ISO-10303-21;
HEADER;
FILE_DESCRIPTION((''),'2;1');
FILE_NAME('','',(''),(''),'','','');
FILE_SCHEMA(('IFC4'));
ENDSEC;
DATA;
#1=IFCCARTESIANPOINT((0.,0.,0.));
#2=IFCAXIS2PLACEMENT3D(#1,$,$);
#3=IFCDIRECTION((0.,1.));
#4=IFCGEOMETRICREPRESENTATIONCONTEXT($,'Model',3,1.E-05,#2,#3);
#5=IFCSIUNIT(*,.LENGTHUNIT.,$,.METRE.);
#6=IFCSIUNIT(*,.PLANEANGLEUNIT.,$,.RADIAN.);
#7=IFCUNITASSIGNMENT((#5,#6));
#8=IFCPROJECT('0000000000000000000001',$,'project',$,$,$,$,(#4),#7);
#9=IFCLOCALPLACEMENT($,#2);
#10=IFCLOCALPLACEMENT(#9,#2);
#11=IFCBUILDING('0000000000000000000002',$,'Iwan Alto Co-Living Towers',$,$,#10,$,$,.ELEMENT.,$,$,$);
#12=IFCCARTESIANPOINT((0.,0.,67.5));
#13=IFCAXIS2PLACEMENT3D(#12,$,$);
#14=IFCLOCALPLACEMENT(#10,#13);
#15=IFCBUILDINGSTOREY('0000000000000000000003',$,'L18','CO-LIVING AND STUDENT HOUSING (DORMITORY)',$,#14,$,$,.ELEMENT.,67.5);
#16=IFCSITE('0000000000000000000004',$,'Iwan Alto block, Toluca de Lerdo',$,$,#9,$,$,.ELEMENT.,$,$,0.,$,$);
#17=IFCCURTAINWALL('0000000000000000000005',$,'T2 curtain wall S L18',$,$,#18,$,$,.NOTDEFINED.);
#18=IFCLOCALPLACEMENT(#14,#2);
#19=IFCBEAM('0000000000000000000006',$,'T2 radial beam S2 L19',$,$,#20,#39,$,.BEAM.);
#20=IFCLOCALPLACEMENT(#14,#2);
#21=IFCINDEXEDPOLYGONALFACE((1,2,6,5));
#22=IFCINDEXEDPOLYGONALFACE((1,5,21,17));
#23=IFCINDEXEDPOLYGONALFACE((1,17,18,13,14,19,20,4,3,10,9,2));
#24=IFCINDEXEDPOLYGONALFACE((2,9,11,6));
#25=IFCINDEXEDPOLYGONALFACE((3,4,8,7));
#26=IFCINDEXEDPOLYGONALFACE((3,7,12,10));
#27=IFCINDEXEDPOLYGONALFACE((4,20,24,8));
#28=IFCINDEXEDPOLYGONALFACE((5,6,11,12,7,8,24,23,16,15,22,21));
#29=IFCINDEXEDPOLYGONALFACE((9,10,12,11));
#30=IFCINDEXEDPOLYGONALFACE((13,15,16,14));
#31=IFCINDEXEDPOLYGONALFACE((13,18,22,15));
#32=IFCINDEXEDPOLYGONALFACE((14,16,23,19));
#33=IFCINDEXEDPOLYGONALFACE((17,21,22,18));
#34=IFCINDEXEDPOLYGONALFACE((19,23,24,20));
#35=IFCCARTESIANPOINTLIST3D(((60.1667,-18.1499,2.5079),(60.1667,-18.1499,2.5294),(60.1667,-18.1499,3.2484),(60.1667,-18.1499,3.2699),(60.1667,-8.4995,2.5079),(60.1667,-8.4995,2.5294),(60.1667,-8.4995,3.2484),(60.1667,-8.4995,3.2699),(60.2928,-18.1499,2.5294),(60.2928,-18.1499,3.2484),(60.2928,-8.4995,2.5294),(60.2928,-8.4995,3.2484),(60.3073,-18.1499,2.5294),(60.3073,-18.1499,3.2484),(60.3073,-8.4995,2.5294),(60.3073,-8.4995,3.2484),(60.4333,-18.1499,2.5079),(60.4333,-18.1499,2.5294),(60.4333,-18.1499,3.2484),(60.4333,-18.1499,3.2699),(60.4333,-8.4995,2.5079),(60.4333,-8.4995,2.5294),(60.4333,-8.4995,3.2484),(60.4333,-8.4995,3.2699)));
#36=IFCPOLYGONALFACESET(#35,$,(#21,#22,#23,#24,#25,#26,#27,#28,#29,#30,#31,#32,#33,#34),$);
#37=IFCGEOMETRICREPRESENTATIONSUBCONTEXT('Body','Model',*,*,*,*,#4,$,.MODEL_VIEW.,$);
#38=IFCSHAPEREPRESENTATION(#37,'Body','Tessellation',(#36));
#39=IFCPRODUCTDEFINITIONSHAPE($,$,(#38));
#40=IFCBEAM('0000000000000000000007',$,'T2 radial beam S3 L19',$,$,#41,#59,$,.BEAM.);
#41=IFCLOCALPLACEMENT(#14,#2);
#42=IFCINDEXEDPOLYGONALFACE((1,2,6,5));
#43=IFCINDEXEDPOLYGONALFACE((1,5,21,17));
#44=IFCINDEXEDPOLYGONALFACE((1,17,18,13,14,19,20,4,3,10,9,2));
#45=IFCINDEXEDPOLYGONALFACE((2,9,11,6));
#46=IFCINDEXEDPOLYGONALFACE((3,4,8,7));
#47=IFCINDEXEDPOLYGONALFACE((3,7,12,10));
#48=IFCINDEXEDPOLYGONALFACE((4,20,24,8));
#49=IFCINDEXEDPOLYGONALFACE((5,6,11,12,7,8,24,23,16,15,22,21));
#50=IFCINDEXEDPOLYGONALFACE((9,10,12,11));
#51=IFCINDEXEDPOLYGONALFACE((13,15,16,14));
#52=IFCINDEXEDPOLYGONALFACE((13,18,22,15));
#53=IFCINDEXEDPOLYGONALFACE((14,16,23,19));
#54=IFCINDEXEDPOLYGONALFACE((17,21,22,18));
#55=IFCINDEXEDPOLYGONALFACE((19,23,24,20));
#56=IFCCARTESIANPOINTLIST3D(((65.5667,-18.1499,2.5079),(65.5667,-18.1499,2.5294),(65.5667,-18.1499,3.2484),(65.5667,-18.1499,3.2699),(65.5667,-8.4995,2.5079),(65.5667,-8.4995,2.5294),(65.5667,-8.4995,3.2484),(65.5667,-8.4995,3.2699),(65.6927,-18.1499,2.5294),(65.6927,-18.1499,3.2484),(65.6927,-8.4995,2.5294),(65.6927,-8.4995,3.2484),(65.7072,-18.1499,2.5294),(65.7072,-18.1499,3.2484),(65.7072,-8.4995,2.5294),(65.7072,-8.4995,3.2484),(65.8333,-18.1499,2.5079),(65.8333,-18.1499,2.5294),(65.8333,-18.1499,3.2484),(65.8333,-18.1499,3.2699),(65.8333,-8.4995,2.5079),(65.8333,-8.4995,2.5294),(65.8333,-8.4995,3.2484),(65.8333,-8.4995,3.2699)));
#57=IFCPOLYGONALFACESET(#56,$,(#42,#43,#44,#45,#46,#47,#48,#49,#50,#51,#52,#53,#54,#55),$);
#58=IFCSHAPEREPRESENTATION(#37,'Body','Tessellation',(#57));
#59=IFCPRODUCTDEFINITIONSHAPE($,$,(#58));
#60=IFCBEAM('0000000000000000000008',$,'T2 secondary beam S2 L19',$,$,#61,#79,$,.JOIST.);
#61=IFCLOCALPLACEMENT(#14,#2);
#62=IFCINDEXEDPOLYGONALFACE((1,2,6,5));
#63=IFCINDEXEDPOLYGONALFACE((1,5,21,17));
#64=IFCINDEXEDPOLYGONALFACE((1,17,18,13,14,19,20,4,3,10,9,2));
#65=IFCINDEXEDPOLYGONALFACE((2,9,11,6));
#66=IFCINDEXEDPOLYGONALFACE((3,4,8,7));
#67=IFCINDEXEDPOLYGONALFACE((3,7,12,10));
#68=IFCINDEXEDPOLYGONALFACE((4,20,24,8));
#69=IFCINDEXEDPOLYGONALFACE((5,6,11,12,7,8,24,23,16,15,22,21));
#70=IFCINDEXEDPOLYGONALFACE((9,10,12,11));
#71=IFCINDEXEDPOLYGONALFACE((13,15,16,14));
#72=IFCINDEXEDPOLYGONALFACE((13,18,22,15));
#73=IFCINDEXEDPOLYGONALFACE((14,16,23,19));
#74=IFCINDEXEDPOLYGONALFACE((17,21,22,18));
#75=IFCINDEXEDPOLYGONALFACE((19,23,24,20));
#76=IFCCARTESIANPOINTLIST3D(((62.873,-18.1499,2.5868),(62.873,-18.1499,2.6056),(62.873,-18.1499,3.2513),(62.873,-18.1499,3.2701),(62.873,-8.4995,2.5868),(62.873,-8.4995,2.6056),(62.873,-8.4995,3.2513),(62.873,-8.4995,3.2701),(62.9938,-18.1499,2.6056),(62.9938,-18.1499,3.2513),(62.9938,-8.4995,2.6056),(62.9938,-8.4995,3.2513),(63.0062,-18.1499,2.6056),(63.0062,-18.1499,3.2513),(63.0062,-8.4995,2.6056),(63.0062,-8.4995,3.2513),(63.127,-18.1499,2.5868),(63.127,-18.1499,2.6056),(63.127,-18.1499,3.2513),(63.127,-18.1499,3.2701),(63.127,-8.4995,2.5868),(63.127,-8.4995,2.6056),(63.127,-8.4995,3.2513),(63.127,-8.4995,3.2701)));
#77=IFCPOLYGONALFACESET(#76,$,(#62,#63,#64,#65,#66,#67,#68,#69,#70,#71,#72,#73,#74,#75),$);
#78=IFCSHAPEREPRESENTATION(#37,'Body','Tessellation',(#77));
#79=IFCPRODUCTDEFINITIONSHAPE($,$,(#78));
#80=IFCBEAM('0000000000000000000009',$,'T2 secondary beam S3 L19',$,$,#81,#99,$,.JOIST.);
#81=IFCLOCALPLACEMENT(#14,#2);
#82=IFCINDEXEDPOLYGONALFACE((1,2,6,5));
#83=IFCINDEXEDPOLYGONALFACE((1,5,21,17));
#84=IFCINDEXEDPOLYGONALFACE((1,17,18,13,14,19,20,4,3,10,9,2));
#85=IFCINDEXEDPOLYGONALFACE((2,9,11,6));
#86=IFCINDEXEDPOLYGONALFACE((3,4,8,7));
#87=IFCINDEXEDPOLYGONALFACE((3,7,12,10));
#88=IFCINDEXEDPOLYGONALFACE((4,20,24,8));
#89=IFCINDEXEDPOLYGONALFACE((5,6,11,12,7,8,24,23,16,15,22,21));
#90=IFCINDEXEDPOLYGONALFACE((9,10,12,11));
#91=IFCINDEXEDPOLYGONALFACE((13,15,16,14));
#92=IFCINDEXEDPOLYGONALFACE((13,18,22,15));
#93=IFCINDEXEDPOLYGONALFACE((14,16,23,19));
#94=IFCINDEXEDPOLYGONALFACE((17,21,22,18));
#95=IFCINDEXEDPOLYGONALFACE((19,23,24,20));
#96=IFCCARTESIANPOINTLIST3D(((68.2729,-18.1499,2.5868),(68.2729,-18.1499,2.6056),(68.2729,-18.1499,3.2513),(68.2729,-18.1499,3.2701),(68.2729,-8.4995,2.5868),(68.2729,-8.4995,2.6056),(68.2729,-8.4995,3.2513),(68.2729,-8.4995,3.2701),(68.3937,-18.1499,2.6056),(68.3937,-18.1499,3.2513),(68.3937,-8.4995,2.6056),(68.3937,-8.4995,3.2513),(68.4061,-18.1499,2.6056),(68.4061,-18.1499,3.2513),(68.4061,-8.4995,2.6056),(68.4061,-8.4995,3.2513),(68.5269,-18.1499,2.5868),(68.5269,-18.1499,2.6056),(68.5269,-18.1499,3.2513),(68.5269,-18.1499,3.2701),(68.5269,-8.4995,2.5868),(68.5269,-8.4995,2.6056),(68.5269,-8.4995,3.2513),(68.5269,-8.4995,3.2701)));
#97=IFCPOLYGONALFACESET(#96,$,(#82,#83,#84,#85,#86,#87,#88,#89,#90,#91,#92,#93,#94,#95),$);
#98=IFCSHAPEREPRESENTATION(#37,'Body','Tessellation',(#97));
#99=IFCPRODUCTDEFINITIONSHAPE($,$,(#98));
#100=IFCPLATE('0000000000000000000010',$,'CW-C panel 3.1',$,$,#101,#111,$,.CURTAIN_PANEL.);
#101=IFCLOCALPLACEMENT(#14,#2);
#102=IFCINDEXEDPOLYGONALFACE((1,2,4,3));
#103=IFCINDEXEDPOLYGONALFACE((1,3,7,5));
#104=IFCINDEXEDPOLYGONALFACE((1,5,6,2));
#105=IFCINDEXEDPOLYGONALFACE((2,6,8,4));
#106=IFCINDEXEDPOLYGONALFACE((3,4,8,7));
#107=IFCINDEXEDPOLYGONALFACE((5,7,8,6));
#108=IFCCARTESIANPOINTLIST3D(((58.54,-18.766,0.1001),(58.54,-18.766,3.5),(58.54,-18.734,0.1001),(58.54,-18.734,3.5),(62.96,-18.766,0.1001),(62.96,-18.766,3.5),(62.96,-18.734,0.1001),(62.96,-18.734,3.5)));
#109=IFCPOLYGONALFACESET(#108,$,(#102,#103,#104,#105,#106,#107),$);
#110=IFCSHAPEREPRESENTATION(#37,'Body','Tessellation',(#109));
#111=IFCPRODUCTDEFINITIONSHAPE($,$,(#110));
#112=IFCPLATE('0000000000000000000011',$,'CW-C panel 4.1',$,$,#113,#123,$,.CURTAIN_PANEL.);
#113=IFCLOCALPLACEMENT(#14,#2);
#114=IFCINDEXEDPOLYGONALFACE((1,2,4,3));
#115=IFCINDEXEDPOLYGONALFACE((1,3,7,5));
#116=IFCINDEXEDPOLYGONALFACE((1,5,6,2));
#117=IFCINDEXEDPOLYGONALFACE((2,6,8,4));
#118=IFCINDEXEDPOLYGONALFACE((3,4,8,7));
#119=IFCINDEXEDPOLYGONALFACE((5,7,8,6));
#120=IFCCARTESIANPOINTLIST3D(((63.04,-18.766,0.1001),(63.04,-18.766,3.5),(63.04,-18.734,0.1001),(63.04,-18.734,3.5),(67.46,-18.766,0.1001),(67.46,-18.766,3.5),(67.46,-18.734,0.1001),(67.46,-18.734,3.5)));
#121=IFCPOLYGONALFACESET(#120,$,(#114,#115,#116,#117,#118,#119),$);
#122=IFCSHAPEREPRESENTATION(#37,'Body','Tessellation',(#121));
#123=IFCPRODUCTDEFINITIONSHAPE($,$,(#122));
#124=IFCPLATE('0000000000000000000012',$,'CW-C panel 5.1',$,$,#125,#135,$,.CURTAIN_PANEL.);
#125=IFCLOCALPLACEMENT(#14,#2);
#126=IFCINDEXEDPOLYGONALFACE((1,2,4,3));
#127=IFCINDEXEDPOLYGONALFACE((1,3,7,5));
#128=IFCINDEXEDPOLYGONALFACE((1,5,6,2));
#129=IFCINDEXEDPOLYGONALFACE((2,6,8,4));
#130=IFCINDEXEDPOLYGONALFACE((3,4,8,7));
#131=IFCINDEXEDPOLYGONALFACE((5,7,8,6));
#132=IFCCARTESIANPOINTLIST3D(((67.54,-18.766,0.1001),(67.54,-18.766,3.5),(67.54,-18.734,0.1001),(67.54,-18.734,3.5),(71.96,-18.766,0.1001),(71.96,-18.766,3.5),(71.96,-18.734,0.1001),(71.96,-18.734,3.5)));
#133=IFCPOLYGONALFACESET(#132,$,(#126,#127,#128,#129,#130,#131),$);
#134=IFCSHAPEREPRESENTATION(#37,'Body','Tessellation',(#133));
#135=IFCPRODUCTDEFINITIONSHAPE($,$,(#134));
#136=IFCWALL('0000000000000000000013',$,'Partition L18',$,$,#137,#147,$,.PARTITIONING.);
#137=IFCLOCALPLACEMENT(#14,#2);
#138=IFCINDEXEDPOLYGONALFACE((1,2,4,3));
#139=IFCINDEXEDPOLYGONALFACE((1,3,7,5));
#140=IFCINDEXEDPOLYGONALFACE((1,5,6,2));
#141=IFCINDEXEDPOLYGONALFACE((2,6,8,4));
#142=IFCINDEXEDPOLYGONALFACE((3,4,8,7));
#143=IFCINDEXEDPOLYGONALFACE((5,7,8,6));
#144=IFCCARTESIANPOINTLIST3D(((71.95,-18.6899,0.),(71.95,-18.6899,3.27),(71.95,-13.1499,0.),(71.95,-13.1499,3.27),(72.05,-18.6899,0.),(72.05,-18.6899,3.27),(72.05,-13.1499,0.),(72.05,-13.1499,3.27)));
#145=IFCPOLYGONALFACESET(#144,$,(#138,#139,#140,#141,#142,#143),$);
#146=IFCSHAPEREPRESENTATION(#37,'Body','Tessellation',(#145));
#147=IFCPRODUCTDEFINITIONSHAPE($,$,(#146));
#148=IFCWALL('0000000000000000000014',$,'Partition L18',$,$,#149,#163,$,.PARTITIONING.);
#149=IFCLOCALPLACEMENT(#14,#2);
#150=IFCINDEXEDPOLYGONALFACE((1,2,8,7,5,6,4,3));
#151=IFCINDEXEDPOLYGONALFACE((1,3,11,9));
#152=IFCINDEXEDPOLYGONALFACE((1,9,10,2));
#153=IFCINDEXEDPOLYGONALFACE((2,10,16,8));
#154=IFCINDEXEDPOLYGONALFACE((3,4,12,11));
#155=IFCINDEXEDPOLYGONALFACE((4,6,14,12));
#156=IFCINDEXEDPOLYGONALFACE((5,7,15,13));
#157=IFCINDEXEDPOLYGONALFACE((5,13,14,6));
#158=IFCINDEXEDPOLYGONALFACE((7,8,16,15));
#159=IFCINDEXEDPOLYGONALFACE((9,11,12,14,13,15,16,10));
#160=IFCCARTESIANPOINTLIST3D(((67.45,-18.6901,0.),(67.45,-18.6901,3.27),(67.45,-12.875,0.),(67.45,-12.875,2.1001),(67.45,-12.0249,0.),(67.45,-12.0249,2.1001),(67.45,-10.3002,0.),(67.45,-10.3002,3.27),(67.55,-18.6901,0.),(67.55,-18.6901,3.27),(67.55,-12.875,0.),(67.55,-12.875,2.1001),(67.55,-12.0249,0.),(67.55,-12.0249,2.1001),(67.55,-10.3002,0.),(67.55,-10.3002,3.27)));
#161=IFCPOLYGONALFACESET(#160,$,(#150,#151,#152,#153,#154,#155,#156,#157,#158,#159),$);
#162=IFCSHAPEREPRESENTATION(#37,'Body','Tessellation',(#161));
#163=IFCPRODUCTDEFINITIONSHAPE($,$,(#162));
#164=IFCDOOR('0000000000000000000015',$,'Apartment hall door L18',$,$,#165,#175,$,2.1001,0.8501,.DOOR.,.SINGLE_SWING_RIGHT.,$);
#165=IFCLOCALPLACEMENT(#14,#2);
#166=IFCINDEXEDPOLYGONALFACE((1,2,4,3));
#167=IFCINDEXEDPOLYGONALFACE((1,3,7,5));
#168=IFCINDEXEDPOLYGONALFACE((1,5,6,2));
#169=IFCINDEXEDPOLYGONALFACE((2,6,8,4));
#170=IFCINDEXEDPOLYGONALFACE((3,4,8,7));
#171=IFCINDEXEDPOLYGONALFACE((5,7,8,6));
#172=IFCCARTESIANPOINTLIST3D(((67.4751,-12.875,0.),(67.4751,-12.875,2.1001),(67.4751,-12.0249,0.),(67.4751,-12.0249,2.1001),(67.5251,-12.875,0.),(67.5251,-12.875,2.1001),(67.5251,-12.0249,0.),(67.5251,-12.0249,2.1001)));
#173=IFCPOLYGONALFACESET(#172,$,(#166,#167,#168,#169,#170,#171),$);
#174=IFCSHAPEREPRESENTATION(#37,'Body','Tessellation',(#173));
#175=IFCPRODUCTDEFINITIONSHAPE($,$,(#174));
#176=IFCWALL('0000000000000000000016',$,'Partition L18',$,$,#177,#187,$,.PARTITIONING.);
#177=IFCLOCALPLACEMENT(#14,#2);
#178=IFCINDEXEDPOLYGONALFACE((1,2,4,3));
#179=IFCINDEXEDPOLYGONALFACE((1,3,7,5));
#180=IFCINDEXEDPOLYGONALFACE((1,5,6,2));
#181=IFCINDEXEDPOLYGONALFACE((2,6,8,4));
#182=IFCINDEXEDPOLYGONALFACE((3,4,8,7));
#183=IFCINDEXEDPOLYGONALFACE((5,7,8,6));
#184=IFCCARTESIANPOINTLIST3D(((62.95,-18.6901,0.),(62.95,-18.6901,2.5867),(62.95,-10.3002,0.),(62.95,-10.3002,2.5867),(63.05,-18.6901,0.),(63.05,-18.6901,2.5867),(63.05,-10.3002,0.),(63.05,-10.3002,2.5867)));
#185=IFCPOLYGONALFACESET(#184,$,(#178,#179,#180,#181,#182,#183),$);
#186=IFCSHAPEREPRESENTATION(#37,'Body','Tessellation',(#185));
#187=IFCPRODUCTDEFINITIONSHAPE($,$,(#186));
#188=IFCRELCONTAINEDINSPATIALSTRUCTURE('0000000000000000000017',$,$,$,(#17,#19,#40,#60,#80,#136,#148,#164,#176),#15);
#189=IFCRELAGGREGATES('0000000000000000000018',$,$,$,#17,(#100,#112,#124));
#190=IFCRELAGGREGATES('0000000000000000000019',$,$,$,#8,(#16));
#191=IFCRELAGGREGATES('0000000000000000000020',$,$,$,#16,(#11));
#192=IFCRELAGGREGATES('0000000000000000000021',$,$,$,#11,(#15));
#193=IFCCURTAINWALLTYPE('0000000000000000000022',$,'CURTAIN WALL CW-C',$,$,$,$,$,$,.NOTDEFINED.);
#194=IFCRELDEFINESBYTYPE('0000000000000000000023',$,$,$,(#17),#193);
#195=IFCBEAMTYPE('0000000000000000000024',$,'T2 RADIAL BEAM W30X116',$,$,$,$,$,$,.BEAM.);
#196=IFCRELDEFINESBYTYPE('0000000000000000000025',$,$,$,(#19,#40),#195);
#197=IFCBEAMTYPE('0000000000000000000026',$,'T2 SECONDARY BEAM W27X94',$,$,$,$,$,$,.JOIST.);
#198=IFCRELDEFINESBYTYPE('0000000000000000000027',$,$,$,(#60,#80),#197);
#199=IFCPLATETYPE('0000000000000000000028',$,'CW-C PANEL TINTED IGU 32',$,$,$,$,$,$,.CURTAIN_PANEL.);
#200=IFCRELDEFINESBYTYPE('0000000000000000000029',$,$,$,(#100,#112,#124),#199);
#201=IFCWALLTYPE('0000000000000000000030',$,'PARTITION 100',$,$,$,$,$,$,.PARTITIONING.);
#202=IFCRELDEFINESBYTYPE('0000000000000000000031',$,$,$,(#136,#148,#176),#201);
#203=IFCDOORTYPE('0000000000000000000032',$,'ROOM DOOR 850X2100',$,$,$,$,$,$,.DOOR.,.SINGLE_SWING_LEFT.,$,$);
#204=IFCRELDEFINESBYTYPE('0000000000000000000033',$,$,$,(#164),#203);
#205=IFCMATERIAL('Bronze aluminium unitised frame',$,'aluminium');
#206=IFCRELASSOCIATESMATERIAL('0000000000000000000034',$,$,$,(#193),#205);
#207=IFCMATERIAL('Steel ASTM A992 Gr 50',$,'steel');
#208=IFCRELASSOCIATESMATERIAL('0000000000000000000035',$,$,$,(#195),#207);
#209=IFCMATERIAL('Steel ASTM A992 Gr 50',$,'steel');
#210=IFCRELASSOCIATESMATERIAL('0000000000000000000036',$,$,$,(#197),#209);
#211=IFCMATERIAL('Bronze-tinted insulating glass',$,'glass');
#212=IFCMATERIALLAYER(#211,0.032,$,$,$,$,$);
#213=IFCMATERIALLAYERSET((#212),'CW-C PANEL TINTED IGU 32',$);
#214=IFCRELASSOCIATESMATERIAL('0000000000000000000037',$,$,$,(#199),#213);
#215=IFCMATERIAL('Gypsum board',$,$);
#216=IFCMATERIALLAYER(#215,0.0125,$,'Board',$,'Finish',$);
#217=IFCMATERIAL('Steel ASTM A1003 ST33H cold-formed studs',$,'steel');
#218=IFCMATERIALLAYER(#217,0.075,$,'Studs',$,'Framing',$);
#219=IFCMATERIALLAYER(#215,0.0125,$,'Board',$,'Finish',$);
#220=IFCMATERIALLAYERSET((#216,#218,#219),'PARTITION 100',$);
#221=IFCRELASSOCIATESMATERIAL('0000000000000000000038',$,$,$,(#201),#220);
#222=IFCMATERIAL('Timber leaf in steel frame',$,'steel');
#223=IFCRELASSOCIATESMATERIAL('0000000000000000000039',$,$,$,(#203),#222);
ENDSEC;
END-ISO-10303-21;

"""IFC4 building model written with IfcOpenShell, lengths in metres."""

from ifc_helpers import new_model, si_unit, direction, frame, frame_2d, origin, origin_2d, place, context, subcontext, project, spatial, rectangle, i_section, extrude, material, layer, layer_set, material_profile, profile_set, type_object, element, fill, aggregate, save


model = new_model("IFC4")

# Units and contexts
model_context = context("Model", 3, precision=1e-05, world=origin(), true_north=direction((0.0, 1.0)))
body_context = subcontext(model_context, "Body", "Model", "MODEL_VIEW")
ifc_project = project(units=[si_unit("LENGTHUNIT", "METRE"), si_unit("PLANEANGLEUNIT", "RADIAN")], contexts=[model_context])

# Site, building, storey
site_placement = place(None, origin())
site = spatial("IfcSite", under=ifc_project, at=site_placement, Name="Iwan Alto block, Toluca de Lerdo", CompositionType="ELEMENT", RefElevation=0.0)
building_placement = place(site_placement, origin())
building = spatial("IfcBuilding", under=site, at=building_placement, Name="Iwan Alto Co-Living Towers", CompositionType="ELEMENT")
storey_placement = place(building_placement, frame((0.0, 0.0, 67.5)))
storey = spatial("IfcBuildingStorey", under=building, at=storey_placement, Name="L18", Description="CO-LIVING AND STUDENT HOUSING (DORMITORY)", CompositionType="ELEMENT", Elevation=67.5)

# Curtain wall
ifc_material_1 = material(Name="Bronze aluminium unitised frame", Category="aluminium")
curtain_wall_type = type_object("IfcCurtainWallType", Name="CURTAIN WALL CW-C", PredefinedType="NOTDEFINED", material=ifc_material_1)
curtain_wall_placement = place(storey_placement, origin())
curtain_wall = element("IfcCurtainWall", 1, at=curtain_wall_placement, inside=storey, type_object=curtain_wall_type, Name="T2 curtain wall S L18", PredefinedType="NOTDEFINED")

# Beams
ifc_material_2 = material(Name="Steel ASTM A992 Gr 50", Category="steel")
ifc_material_profile_1 = material_profile(ifc_material_2, i_section(OverallWidth=0.2666, OverallDepth=0.762, WebThickness=0.0144, FlangeThickness=0.0215, at=origin_2d()), Name="W30X116")
ifc_profile_set_1 = profile_set([ifc_material_profile_1], Name="Steel ASTM A992 Gr 50")
beam_type_1 = type_object("IfcBeamType", Name="T2 RADIAL BEAM W30X116", PredefinedType="BEAM", material=ifc_profile_set_1)
for number, where, z_axis, x_axis, name in (
    (2, (60.3, -18.1499, 2.8889), (0.0, 1.0, 0.0), (-1.0, 0.0, 0.0), "T2 radial beam S2 L19"),
    (3, (65.7, -18.1499, 2.8889), (0.0, 1.0, 0.0), (-1.0, 0.0, 0.0), "T2 radial beam S3 L19"),
):
    element("IfcBeam", number, at=place(storey_placement, frame(where, z_axis=z_axis, x_axis=x_axis)), inside=storey, type_object=beam_type_1, Name=name, PredefinedType="BEAM", context=body_context, shape_type="SweptSolid", body=[
        extrude(i_section(OverallWidth=0.2666, OverallDepth=0.762, WebThickness=0.0144, FlangeThickness=0.0215, at=origin_2d()), origin(), (0.0, 0.0, 1.0), 9.6504),
    ])
ifc_material_3 = material(Name="Steel ASTM A992 Gr 50", Category="steel")
ifc_material_profile_2 = material_profile(ifc_material_3, i_section(OverallWidth=0.2539, OverallDepth=0.6833, WebThickness=0.0125, FlangeThickness=0.0188, at=origin_2d()), Name="W27X94")
ifc_profile_set_2 = profile_set([ifc_material_profile_2], Name="Steel ASTM A992 Gr 50")
beam_type_2 = type_object("IfcBeamType", Name="T2 SECONDARY BEAM W27X94", PredefinedType="JOIST", material=ifc_profile_set_2)
for number, where, z_axis, x_axis, name in (
    (4, (63.0, -18.1499, 2.9285), (0.0, 1.0, 0.0), (-1.0, 0.0, 0.0), "T2 secondary beam S2 L19"),
    (5, (68.3999, -18.1499, 2.9285), (0.0, 1.0, 0.0), (-1.0, 0.0, 0.0), "T2 secondary beam S3 L19"),
):
    element("IfcBeam", number, at=place(storey_placement, frame(where, z_axis=z_axis, x_axis=x_axis)), inside=storey, type_object=beam_type_2, Name=name, PredefinedType="JOIST", context=body_context, shape_type="SweptSolid", body=[
        extrude(i_section(OverallWidth=0.2539, OverallDepth=0.6833, WebThickness=0.0125, FlangeThickness=0.0188, at=origin_2d()), origin(), (0.0, 0.0, 1.0), 9.6504),
    ])

# Plates
ifc_material_4 = material(Name="Bronze-tinted insulating glass", Category="glass")
ifc_layer_1 = layer(ifc_material_4, 0.032)
ifc_layer_set_1 = layer_set([ifc_layer_1], Name="CW-C PANEL TINTED IGU 32")
plate_type = type_object("IfcPlateType", Name="CW-C PANEL TINTED IGU 32", PredefinedType="CURTAIN_PANEL", material=ifc_layer_set_1)
plate_1_placement = place(storey_placement, frame((60.75, -18.75, 0.1001), z_axis=(0.0, 0.0, 1.0), x_axis=(1.0, 0.0, 0.0)))
plate_1 = element("IfcPlate", 6, at=plate_1_placement, type_object=plate_type, Name="CW-C panel 3.1", PredefinedType="CURTAIN_PANEL", context=body_context, shape_type="SweptSolid", body=[
    extrude(rectangle(XDim=4.4199, YDim=0.032, at=origin_2d()), origin(), (0.0, 0.0, 1.0), 3.3999),
])
plate_2_placement = place(storey_placement, frame((65.25, -18.75, 0.1001), z_axis=(0.0, 0.0, 1.0), x_axis=(1.0, 0.0, 0.0)))
plate_2 = element("IfcPlate", 7, at=plate_2_placement, type_object=plate_type, Name="CW-C panel 4.1", PredefinedType="CURTAIN_PANEL", context=body_context, shape_type="SweptSolid", body=[
    extrude(rectangle(XDim=4.4199, YDim=0.032, at=origin_2d()), origin(), (0.0, 0.0, 1.0), 3.3999),
])
plate_3_placement = place(storey_placement, frame((69.75, -18.75, 0.1001), z_axis=(0.0, 0.0, 1.0), x_axis=(1.0, 0.0, 0.0)))
plate_3 = element("IfcPlate", 8, at=plate_3_placement, type_object=plate_type, Name="CW-C panel 5.1", PredefinedType="CURTAIN_PANEL", context=body_context, shape_type="SweptSolid", body=[
    extrude(rectangle(XDim=4.4199, YDim=0.032, at=origin_2d()), origin(), (0.0, 0.0, 1.0), 3.3999),
])
aggregate(curtain_wall, [plate_1, plate_2, plate_3])

# Wall
ifc_material_5 = material(Name="Gypsum board")
ifc_layer_2 = layer(ifc_material_5, 0.0125, Name="Board", Category="Finish")
ifc_material_6 = material(Name="Steel ASTM A1003 ST33H cold-formed studs", Category="steel")
ifc_layer_3 = layer(ifc_material_6, 0.075, Name="Studs", Category="Framing")
ifc_layer_4 = layer(ifc_material_5, 0.0125, Name="Board", Category="Finish")
ifc_layer_set_2 = layer_set([ifc_layer_2, ifc_layer_3, ifc_layer_4], Name="PARTITION 100")
wall_type = type_object("IfcWallType", Name="PARTITION 100", PredefinedType="PARTITIONING", material=ifc_layer_set_2)
wall_1_placement = place(storey_placement, frame((72.0, -18.6899, 0.0), z_axis=(0.0, 0.0, 1.0), x_axis=(0.0, 1.0, 0.0)))
element("IfcWall", 9, at=wall_1_placement, inside=storey, type_object=wall_type, Name="Partition L18", PredefinedType="PARTITIONING", context=body_context, shape_type="SweptSolid", body=[
    extrude(rectangle(XDim=5.54, YDim=0.1001, at=frame_2d((2.77, 0.0))), origin(), (0.0, 0.0, 1.0), 3.27),
])

# Wall, opening, door
wall_2_placement = place(storey_placement, frame((67.5, -18.6899, 0.0), z_axis=(0.0, 0.0, 1.0), x_axis=(0.0, 1.0, 0.0)))
wall_2 = element("IfcWall", 10, at=wall_2_placement, inside=storey, type_object=wall_type, Name="Partition L18", PredefinedType="PARTITIONING", context=body_context, shape_type="SweptSolid", body=[
    extrude(rectangle(XDim=8.3899, YDim=0.1001, at=frame_2d((4.1948, 0.0))), origin(), (0.0, 0.0, 1.0), 3.27),
])
opening_placement = place(wall_2_placement, frame((5.8149, 0.0, 0.0)))
opening = element("IfcOpeningElement", 11, at=opening_placement, cuts=wall_2, PredefinedType="OPENING", context=body_context, shape_type="SweptSolid", body=[
    extrude(rectangle(XDim=0.8501, YDim=2.1001, at=frame_2d((0.425, 1.05))), frame((0.0, 0.0601, 0.0), z_axis=(0.0, -1.0, 0.0), x_axis=(1.0, 0.0, 0.0)), (0.0, 0.0, 1.0), 0.1201),
])
ifc_material_7 = material(Name="Timber leaf in steel frame", Category="steel")
door_type = type_object("IfcDoorType", Name="ROOM DOOR 850X2100", OperationType="SINGLE_SWING_LEFT", PredefinedType="DOOR", material=ifc_material_7)
door_placement = place(opening_placement, origin())
door = element("IfcDoor", 12, at=door_placement, inside=storey, type_object=door_type, Name="Apartment hall door L18", OperationType="SINGLE_SWING_RIGHT", OverallHeight=2.1001, OverallWidth=0.8501, PredefinedType="DOOR", context=body_context, shape_type="SweptSolid", body=[
    extrude(rectangle(XDim=0.8501, YDim=2.1001, at=frame_2d((0.425, 1.05))), frame((0.0, 0.0249, 0.0), z_axis=(0.0, -1.0, 0.0), x_axis=(1.0, 0.0, 0.0)), (0.0, 0.0, 1.0), 0.05),
])
fill(opening, door)

# Wall
wall_3_placement = place(storey_placement, frame((63.0, -18.6899, 0.0), z_axis=(0.0, 0.0, 1.0), x_axis=(0.0, 1.0, 0.0)))
element("IfcWall", 13, at=wall_3_placement, inside=storey, type_object=wall_type, Name="Partition L18", PredefinedType="PARTITIONING", context=body_context, shape_type="SweptSolid", body=[
    extrude(rectangle(XDim=8.3899, YDim=0.1001, at=frame_2d((4.1948, 0.0))), origin(), (0.0, 0.0, 1.0), 2.5867),
])

save(model, "model.ifc")
